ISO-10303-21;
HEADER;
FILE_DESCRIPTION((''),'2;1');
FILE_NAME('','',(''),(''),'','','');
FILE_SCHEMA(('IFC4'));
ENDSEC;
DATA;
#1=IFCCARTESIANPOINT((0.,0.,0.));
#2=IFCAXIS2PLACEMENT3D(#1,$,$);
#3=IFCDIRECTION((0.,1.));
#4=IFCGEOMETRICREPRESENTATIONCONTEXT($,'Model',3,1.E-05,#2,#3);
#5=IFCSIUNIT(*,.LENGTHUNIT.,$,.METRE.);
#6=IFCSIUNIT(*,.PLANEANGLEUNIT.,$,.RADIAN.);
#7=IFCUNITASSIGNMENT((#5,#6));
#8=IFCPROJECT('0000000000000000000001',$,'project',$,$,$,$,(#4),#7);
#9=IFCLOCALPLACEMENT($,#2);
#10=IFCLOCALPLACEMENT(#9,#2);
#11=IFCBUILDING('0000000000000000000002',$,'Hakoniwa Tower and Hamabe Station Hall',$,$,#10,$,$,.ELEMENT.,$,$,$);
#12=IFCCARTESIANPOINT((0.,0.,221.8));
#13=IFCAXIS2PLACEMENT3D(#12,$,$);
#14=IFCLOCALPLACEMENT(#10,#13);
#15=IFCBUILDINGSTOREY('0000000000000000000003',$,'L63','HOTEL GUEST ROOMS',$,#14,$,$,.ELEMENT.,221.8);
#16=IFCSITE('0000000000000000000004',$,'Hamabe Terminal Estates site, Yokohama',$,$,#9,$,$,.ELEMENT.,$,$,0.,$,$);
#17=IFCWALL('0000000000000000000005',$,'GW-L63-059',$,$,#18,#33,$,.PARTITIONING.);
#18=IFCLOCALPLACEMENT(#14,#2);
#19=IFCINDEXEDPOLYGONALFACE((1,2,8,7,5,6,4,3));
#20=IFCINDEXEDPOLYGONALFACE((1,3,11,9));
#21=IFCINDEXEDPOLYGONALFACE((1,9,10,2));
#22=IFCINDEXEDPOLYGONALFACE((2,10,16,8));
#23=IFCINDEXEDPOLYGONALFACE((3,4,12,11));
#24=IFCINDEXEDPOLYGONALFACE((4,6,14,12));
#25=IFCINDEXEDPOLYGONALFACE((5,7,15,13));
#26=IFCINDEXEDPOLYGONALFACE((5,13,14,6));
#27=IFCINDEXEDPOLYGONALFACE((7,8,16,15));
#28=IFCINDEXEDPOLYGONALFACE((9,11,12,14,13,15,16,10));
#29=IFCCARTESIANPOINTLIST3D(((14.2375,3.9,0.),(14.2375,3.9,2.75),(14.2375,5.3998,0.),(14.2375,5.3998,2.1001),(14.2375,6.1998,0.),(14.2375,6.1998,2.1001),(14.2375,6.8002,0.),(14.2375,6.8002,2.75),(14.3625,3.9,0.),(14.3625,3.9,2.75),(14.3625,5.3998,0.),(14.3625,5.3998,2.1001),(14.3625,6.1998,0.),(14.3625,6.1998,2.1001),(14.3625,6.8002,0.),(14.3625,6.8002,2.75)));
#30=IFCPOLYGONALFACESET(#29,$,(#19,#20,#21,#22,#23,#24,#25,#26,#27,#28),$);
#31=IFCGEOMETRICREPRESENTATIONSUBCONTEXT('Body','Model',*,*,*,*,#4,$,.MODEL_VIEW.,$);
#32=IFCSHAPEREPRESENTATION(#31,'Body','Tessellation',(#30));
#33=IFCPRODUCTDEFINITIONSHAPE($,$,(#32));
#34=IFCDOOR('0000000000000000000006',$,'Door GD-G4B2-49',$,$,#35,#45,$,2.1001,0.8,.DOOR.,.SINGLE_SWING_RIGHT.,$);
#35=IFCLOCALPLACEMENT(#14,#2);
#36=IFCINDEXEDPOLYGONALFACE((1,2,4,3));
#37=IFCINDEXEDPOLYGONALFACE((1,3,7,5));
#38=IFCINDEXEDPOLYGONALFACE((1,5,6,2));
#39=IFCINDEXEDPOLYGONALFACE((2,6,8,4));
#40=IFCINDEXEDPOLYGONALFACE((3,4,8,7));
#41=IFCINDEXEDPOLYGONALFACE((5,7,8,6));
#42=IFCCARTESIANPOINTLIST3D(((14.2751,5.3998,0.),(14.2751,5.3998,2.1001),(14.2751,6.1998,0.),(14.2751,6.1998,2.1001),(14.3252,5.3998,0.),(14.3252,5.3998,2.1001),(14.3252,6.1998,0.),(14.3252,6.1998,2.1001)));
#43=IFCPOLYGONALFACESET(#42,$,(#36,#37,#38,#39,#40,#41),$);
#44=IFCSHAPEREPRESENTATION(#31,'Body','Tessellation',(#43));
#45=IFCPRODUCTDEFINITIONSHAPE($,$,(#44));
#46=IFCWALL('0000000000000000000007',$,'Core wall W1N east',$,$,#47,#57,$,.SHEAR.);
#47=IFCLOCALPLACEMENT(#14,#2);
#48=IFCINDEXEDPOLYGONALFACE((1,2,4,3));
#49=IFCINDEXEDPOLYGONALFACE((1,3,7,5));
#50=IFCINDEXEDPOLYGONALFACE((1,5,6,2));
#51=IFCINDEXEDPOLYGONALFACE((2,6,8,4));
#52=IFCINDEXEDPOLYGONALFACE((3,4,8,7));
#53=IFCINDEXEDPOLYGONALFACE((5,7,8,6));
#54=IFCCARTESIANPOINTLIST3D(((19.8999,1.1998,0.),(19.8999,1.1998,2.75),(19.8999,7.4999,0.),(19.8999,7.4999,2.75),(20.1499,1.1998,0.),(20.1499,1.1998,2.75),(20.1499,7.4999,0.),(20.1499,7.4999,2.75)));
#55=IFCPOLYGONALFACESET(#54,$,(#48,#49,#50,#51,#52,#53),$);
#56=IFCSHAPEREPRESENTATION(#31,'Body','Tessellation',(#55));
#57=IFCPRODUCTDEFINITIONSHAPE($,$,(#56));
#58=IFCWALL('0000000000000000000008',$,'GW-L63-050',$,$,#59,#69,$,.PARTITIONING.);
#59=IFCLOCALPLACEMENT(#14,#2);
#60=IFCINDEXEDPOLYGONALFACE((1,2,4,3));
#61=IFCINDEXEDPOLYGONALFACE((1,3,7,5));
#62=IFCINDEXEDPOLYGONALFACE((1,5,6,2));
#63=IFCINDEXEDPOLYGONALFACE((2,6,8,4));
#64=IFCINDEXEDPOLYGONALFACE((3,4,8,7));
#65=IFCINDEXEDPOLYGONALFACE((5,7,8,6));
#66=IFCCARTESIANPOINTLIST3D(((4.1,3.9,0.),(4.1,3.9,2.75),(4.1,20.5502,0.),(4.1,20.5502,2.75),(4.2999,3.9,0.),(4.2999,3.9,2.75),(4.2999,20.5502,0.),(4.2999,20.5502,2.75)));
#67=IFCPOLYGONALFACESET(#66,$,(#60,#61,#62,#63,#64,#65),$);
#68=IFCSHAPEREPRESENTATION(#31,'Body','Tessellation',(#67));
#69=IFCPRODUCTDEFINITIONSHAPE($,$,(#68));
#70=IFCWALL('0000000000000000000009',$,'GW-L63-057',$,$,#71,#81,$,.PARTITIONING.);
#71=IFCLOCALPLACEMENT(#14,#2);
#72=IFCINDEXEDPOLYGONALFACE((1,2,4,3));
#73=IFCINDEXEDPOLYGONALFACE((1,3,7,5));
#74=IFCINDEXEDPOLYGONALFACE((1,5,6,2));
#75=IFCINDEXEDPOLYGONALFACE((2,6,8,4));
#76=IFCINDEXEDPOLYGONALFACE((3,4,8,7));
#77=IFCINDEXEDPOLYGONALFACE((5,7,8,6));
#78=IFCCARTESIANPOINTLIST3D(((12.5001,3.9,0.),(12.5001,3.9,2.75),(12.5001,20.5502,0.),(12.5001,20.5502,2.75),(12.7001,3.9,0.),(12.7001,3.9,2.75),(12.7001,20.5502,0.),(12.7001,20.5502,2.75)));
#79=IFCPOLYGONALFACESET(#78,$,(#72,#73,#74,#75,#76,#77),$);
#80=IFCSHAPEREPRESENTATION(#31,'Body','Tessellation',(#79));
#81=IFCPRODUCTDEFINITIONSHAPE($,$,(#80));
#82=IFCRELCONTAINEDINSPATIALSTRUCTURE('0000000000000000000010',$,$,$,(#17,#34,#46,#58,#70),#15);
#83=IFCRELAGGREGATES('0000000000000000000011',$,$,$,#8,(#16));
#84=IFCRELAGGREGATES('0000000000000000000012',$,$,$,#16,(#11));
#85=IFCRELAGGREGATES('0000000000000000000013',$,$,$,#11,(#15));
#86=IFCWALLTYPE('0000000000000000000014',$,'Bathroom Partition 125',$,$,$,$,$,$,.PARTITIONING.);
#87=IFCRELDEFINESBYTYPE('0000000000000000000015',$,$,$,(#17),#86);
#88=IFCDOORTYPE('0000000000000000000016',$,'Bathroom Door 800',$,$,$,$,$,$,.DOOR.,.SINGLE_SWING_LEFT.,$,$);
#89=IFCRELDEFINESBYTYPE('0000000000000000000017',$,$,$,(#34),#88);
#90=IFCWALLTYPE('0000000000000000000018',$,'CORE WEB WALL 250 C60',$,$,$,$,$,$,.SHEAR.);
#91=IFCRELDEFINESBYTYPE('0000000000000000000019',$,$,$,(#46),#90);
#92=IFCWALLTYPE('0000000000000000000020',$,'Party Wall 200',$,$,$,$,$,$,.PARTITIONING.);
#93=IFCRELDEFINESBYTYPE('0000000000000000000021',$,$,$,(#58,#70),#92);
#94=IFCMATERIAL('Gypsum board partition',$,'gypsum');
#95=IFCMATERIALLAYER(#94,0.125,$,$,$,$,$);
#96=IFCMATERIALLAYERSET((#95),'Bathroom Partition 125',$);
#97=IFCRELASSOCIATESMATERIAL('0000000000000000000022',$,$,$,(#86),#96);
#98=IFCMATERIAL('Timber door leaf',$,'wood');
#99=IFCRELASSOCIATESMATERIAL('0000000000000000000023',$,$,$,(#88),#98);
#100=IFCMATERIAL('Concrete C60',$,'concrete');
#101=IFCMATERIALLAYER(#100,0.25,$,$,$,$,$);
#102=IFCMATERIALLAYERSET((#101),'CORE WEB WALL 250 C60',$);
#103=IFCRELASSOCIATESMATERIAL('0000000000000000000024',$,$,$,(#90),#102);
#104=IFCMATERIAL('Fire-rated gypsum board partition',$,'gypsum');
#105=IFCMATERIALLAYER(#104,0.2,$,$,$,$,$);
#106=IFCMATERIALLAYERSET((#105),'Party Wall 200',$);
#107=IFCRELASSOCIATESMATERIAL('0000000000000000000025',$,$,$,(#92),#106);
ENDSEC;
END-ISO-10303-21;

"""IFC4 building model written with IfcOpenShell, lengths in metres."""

from ifc_helpers import new_model, si_unit, direction, frame, frame_2d, origin, place, context, subcontext, project, spatial, rectangle, extrude, material, layer, layer_set, type_object, element, fill, save


model = new_model("IFC4")

# Units and contexts
model_context = context("Model", 3, precision=1e-05, world=origin(), true_north=direction((0.0, 1.0)))
body_context = subcontext(model_context, "Body", "Model", "MODEL_VIEW")
ifc_project = project(units=[si_unit("LENGTHUNIT", "METRE"), si_unit("PLANEANGLEUNIT", "RADIAN")], contexts=[model_context])

# Site, building, storey
site_placement = place(None, origin())
site = spatial("IfcSite", under=ifc_project, at=site_placement, Name="Hamabe Terminal Estates site, Yokohama", CompositionType="ELEMENT", RefElevation=0.0)
building_placement = place(site_placement, origin())
building = spatial("IfcBuilding", under=site, at=building_placement, Name="Hakoniwa Tower and Hamabe Station Hall", CompositionType="ELEMENT")
storey_placement = place(building_placement, frame((0.0, 0.0, 221.8)))
storey = spatial("IfcBuildingStorey", under=building, at=storey_placement, Name="L63", Description="HOTEL GUEST ROOMS", CompositionType="ELEMENT", Elevation=221.8)

# Wall, opening, door
ifc_material_1 = material(Name="Gypsum board partition", Category="gypsum")
ifc_layer_1 = layer(ifc_material_1, 0.125)
ifc_layer_set_1 = layer_set([ifc_layer_1], Name="Bathroom Partition 125")
wall_type_1 = type_object("IfcWallType", Name="Bathroom Partition 125", PredefinedType="PARTITIONING", material=ifc_layer_set_1)
ifc_material_2 = material(Name="Timber door leaf", Category="wood")
door_type = type_object("IfcDoorType", Name="Bathroom Door 800", OperationType="SINGLE_SWING_LEFT", PredefinedType="DOOR", material=ifc_material_2)
wall_1_placement = place(storey_placement, frame((14.3, 3.8999, 0.0), z_axis=(0.0, 0.0, 1.0), x_axis=(0.0, 1.0, 0.0)))
wall_1 = element("IfcWall", 1, at=wall_1_placement, inside=storey, type_object=wall_type_1, Name="GW-L63-059", PredefinedType="PARTITIONING", context=body_context, shape_type="SweptSolid", body=[
    extrude(rectangle(XDim=2.9001, YDim=0.125, at=frame_2d((1.4502, 0.0))), origin(), (0.0, 0.0, 1.0), 2.75),
])
opening_1_placement = place(wall_1_placement, frame((1.5, 0.0, 0.0)))
opening_1 = element("IfcOpeningElement", 2, at=opening_1_placement, cuts=wall_1, PredefinedType="OPENING", context=body_context, shape_type="SweptSolid", body=[
    extrude(rectangle(XDim=0.8, YDim=2.1001, at=frame_2d((0.3999, 1.05))), frame((0.0, 0.0725, 0.0), z_axis=(0.0, -1.0, 0.0), x_axis=(1.0, 0.0, 0.0)), (0.0, 0.0, 1.0), 0.145),
])
door_1_placement = place(opening_1_placement, origin())
door_1 = element("IfcDoor", 3, at=door_1_placement, inside=storey, type_object=door_type, Name="Door GD-G4B2-49", OperationType="SINGLE_SWING_RIGHT", OverallHeight=2.1001, OverallWidth=0.8, PredefinedType="DOOR", context=body_context, shape_type="SweptSolid", body=[
    extrude(rectangle(XDim=0.8, YDim=2.1001, at=frame_2d((0.3999, 1.05))), frame((0.0, 0.0249, 0.0), z_axis=(0.0, -1.0, 0.0), x_axis=(1.0, 0.0, 0.0)), (0.0, 0.0, 1.0), 0.05),
])
fill(opening_1, door_1)

# Walls
ifc_material_3 = material(Name="Concrete C60", Category="concrete")
ifc_layer_2 = layer(ifc_material_3, 0.25)
ifc_layer_set_2 = layer_set([ifc_layer_2], Name="CORE WEB WALL 250 C60")
wall_type_2 = type_object("IfcWallType", Name="CORE WEB WALL 250 C60", PredefinedType="SHEAR", material=ifc_layer_set_2)
wall_2_placement = place(storey_placement, frame((20.0249, 1.2, 0.0), z_axis=(0.0, 0.0, 1.0), x_axis=(0.0, 1.0, 0.0)))
element("IfcWall", 4, at=wall_2_placement, inside=storey, type_object=wall_type_2, Name="Core wall W1N east", PredefinedType="SHEAR", context=body_context, shape_type="SweptSolid", body=[
    extrude(rectangle(XDim=6.3, YDim=0.25, at=frame_2d((3.1499, 0.0))), origin(), (0.0, 0.0, 1.0), 2.75),
])
ifc_material_4 = material(Name="Fire-rated gypsum board partition", Category="gypsum")
ifc_layer_3 = layer(ifc_material_4, 0.2)
ifc_layer_set_3 = layer_set([ifc_layer_3], Name="Party Wall 200")
wall_type_3 = type_object("IfcWallType", Name="Party Wall 200", PredefinedType="PARTITIONING", material=ifc_layer_set_3)
for number, where, z_axis, x_axis, name in (
    (5, (4.2, 3.8999, 0.0), (0.0, 0.0, 1.0), (0.0, 1.0, 0.0), "GW-L63-050"),
    (6, (12.6001, 3.8999, 0.0), (0.0, 0.0, 1.0), (0.0, 1.0, 0.0), "GW-L63-057"),
):
    element("IfcWall", number, at=place(storey_placement, frame(where, z_axis=z_axis, x_axis=x_axis)), inside=storey, type_object=wall_type_3, Name=name, PredefinedType="PARTITIONING", context=body_context, shape_type="SweptSolid", body=[
        extrude(rectangle(XDim=16.6501, YDim=0.2, at=frame_2d((8.3252, 0.0))), origin(), (0.0, 0.0, 1.0), 2.75),
    ])

save(model, "model.ifc")
